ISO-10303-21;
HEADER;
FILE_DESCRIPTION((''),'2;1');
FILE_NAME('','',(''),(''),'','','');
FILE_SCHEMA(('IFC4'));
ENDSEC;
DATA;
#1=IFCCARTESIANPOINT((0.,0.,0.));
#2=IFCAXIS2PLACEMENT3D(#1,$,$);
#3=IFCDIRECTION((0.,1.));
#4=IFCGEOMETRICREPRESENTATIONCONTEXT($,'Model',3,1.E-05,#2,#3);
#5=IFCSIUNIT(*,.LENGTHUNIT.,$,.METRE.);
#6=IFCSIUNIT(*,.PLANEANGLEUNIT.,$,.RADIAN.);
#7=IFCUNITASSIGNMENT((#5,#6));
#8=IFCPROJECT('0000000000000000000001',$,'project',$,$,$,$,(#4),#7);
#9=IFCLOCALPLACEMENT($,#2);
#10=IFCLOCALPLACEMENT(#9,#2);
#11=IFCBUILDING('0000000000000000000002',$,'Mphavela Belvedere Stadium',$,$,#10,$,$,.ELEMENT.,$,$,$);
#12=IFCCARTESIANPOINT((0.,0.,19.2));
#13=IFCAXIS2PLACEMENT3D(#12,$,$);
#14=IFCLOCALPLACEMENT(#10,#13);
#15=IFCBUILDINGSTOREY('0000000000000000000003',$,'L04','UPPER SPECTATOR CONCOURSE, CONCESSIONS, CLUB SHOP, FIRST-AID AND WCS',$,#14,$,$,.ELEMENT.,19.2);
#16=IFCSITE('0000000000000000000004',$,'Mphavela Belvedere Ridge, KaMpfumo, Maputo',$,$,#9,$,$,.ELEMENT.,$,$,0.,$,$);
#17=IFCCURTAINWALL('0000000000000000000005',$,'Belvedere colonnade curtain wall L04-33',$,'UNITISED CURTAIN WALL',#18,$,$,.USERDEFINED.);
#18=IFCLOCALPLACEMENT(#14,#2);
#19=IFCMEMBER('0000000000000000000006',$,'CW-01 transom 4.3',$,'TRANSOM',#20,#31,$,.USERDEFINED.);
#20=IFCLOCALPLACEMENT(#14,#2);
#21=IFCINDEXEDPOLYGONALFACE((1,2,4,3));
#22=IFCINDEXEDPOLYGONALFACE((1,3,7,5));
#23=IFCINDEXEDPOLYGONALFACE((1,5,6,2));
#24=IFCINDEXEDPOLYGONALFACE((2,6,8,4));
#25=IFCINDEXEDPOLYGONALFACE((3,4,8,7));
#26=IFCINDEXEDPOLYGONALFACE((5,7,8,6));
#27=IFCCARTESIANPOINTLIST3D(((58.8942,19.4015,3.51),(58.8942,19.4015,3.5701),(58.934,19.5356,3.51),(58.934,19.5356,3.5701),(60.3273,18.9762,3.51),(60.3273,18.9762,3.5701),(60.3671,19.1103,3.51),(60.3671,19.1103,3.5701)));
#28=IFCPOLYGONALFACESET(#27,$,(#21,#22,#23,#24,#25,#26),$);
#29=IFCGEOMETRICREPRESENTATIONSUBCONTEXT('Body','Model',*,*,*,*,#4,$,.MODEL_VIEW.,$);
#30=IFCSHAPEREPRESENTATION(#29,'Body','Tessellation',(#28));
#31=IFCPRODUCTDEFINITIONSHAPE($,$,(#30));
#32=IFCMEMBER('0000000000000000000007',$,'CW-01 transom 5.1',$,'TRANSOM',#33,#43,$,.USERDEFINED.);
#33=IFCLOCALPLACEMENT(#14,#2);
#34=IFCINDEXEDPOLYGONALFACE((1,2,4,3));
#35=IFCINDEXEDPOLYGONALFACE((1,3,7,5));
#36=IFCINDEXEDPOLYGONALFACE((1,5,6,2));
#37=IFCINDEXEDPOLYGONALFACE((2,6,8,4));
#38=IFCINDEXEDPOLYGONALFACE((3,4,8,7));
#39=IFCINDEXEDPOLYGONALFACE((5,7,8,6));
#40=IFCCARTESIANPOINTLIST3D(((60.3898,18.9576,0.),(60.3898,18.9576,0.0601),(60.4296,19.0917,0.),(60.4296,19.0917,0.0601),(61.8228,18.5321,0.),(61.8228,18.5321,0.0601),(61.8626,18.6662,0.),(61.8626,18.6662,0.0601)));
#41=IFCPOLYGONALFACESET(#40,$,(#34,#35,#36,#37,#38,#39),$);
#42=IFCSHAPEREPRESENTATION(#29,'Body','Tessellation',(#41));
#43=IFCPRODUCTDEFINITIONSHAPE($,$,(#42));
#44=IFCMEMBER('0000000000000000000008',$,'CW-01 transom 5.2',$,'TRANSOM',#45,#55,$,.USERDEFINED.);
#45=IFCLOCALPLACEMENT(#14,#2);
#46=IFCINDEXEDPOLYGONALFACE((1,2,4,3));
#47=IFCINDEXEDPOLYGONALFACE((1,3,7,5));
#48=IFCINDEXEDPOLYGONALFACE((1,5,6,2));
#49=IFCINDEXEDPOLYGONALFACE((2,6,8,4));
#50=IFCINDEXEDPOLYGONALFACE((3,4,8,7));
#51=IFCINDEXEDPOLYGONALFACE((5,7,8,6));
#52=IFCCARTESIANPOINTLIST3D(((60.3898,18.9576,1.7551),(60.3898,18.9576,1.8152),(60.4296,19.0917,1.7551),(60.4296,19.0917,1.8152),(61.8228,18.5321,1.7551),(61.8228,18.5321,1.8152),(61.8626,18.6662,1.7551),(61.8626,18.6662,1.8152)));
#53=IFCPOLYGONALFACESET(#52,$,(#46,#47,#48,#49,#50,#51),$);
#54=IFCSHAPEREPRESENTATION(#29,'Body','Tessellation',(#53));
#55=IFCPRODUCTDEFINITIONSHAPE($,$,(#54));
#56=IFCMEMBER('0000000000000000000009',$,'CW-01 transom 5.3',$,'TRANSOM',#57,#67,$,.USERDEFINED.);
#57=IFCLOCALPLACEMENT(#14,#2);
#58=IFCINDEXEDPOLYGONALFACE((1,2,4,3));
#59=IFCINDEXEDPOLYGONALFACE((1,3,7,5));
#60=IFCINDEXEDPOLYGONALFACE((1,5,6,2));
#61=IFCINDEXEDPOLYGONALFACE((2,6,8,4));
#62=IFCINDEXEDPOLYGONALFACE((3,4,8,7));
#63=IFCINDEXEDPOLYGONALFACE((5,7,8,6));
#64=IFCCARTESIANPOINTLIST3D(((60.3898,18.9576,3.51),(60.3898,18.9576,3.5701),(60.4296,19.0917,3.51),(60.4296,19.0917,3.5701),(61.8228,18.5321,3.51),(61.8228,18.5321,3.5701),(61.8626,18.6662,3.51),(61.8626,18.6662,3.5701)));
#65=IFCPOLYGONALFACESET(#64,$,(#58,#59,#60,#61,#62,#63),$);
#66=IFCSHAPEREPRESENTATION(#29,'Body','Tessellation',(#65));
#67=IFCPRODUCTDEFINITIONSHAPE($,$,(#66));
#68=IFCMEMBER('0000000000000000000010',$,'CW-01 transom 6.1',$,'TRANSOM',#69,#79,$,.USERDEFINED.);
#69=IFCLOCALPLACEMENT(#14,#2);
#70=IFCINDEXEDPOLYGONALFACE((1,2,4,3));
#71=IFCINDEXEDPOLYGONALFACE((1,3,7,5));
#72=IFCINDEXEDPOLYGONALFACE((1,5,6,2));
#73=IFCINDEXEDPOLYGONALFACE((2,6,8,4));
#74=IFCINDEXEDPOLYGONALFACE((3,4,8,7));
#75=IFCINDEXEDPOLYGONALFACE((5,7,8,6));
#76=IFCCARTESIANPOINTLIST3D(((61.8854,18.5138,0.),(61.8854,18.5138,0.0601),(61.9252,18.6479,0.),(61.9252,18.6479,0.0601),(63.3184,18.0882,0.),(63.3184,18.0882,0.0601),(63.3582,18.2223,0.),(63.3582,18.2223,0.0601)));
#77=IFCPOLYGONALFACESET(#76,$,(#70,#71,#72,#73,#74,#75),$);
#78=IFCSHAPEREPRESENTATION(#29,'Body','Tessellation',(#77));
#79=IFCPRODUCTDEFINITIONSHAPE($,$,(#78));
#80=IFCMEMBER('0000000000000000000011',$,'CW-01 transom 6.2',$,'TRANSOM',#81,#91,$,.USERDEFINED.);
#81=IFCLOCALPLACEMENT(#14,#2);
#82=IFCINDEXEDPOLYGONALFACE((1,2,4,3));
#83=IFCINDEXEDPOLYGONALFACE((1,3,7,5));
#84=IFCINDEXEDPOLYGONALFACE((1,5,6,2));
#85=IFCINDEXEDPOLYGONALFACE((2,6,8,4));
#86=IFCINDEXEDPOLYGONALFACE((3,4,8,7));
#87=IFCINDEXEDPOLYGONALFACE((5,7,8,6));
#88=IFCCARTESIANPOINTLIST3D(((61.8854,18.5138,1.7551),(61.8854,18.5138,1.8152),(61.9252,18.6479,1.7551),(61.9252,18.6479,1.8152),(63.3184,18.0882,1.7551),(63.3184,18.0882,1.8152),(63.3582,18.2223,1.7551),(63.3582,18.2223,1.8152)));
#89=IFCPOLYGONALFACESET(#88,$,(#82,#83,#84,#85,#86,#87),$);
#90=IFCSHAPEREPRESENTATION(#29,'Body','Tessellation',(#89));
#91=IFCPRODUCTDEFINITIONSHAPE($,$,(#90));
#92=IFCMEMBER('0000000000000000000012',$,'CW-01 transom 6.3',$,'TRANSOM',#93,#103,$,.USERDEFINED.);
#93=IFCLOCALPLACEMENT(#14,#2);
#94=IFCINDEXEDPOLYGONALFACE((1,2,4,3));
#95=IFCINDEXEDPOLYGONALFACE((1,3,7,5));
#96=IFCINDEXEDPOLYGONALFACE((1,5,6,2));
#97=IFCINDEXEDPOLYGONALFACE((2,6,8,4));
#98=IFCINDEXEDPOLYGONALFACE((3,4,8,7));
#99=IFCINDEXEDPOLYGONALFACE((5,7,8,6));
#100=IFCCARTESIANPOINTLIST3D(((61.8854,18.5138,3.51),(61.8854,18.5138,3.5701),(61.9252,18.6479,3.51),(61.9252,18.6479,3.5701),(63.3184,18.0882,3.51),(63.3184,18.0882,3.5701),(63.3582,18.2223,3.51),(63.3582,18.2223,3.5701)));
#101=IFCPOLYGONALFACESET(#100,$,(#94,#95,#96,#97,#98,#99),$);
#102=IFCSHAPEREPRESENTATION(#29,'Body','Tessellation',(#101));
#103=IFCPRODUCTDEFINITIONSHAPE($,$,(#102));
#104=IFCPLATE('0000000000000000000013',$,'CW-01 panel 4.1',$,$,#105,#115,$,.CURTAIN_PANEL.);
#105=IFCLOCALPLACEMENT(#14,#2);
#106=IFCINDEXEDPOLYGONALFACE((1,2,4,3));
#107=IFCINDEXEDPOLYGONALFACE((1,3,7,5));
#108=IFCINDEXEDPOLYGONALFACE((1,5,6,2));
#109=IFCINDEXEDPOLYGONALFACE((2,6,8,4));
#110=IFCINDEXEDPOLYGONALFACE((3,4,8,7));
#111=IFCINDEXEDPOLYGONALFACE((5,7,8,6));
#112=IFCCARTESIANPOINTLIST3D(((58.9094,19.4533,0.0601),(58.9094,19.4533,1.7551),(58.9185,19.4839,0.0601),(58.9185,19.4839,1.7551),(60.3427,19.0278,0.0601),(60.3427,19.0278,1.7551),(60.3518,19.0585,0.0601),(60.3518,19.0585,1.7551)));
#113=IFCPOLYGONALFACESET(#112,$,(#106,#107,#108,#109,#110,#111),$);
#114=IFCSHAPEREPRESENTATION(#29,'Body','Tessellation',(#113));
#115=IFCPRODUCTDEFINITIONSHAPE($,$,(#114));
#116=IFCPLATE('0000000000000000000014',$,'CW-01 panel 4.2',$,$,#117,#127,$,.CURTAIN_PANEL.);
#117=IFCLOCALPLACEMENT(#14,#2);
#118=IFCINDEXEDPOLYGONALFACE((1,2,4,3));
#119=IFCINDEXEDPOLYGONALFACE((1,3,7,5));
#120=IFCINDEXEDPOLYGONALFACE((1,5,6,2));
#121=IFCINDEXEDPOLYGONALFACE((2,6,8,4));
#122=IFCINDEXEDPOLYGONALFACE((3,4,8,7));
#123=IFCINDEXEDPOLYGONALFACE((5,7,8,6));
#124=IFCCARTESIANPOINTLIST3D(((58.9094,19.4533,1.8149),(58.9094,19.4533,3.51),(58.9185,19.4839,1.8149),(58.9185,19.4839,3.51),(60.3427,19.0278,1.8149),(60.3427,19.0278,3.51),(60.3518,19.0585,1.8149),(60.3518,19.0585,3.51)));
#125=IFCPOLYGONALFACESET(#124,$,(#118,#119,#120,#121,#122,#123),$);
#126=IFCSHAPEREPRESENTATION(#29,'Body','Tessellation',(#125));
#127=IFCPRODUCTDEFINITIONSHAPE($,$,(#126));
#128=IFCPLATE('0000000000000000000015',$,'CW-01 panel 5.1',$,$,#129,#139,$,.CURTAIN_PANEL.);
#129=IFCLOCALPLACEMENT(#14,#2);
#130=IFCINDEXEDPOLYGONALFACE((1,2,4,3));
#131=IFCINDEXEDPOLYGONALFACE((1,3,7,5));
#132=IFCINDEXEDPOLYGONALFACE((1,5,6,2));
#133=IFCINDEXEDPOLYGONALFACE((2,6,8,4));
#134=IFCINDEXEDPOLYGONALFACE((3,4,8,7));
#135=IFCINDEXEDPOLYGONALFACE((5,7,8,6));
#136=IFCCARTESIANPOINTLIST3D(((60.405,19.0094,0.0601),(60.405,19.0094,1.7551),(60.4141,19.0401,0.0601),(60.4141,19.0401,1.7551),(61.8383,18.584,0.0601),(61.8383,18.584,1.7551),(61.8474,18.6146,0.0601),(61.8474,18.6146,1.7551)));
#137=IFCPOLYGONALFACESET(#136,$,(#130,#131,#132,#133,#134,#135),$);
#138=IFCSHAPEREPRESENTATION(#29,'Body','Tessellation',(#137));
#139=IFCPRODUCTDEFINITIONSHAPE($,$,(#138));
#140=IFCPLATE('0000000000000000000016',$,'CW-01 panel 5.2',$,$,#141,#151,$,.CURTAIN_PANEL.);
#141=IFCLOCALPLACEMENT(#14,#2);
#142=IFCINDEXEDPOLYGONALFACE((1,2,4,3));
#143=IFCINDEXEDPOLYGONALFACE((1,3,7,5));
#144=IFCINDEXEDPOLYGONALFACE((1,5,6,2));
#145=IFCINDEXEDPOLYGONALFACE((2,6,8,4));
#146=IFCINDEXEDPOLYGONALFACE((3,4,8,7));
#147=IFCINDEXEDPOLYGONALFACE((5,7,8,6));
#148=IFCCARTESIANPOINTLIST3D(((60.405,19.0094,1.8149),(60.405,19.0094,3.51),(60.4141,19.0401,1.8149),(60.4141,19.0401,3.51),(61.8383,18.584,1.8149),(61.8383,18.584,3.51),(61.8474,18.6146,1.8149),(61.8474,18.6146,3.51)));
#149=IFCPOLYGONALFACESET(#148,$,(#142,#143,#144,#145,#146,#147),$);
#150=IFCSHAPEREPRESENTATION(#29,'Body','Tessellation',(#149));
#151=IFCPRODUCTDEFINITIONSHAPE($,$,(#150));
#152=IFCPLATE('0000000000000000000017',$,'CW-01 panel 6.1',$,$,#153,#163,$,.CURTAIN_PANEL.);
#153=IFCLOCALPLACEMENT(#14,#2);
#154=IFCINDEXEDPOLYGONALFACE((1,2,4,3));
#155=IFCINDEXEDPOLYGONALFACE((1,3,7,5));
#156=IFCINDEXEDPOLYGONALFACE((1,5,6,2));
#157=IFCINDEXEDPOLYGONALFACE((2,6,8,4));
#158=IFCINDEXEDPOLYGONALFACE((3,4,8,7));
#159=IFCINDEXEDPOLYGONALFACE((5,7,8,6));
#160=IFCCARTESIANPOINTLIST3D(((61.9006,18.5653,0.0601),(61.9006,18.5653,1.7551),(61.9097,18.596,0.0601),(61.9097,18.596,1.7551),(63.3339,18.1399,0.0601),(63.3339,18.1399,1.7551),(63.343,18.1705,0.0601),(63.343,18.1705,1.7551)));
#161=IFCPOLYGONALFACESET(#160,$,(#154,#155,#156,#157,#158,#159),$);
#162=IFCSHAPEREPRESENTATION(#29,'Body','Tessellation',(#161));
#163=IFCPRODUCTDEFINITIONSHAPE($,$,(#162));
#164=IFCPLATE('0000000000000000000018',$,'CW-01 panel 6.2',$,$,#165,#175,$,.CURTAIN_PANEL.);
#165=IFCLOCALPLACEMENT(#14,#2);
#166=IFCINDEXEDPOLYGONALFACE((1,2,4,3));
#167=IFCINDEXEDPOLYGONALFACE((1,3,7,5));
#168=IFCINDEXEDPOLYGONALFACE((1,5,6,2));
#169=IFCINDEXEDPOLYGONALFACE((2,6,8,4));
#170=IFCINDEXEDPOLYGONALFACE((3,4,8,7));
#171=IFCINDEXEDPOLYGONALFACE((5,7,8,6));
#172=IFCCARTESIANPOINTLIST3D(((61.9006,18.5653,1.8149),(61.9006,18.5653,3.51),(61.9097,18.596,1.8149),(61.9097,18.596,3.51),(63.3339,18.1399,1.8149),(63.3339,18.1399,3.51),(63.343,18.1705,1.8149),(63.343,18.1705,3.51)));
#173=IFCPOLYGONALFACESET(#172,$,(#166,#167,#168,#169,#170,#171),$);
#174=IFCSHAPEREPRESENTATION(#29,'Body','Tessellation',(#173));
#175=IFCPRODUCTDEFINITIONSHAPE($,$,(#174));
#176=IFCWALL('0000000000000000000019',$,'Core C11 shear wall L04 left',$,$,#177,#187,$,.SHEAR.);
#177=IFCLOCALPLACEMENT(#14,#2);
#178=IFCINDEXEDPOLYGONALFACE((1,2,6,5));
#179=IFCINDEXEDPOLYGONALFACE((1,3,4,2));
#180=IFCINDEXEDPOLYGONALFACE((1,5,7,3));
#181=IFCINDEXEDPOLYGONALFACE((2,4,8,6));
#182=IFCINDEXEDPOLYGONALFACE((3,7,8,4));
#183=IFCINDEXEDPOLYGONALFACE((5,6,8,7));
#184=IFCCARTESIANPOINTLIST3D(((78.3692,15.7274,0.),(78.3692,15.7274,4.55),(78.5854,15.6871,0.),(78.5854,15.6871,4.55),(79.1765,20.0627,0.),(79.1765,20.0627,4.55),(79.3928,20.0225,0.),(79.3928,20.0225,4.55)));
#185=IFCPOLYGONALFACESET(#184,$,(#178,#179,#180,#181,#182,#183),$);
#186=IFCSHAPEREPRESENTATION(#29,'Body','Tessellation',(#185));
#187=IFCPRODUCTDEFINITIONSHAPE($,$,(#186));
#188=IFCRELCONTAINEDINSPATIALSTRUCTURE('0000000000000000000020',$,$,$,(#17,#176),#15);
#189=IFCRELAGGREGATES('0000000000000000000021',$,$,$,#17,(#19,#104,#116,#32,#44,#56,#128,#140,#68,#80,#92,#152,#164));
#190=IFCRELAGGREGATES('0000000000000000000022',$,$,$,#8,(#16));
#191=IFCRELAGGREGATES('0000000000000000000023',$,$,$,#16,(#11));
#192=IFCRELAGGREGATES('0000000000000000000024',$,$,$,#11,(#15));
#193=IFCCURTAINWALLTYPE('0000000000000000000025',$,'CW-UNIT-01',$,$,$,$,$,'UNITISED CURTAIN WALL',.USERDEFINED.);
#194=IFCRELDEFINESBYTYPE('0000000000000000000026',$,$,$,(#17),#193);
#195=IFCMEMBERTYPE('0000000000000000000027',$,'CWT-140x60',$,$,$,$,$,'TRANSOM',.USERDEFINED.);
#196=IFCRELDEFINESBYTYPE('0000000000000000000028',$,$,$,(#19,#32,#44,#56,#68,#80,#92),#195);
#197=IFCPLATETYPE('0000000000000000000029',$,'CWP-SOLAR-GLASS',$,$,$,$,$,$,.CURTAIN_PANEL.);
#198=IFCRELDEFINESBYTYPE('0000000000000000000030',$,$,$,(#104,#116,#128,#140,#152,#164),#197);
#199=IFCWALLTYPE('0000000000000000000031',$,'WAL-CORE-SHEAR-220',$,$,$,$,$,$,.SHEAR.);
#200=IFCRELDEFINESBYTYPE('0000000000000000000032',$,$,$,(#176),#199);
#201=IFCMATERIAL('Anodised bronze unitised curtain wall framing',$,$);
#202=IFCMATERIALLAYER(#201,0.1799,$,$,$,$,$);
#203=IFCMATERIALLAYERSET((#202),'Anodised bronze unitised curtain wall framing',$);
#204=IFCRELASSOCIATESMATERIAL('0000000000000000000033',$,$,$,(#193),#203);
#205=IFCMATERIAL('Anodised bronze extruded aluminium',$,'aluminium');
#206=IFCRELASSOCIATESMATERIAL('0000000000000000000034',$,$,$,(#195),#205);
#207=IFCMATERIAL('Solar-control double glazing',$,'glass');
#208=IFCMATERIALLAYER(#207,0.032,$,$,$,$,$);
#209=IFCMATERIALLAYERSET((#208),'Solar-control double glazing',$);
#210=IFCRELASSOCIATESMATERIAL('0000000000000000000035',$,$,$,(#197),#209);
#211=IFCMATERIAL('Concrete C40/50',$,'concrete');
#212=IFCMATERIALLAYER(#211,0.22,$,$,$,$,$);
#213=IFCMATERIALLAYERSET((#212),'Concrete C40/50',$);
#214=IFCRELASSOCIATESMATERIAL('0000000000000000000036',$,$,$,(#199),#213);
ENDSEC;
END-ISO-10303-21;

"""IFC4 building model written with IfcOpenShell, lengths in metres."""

from ifc_helpers import new_model, si_unit, direction, frame, frame_2d, origin, origin_2d, place, context, subcontext, project, spatial, rectangle, extrude, material, layer, layer_set, material_profile, profile_set, type_object, element, aggregate, save


model = new_model("IFC4")

# Units and contexts
model_context = context("Model", 3, precision=1e-05, world=origin(), true_north=direction((0.0, 1.0)))
body_context = subcontext(model_context, "Body", "Model", "MODEL_VIEW")
ifc_project = project(units=[si_unit("LENGTHUNIT", "METRE"), si_unit("PLANEANGLEUNIT", "RADIAN")], contexts=[model_context])

# Site, building, storey
site_placement = place(None, origin())
site = spatial("IfcSite", under=ifc_project, at=site_placement, Name="Mphavela Belvedere Ridge, KaMpfumo, Maputo", CompositionType="ELEMENT", RefElevation=0.0)
building_placement = place(site_placement, origin())
building = spatial("IfcBuilding", under=site, at=building_placement, Name="Mphavela Belvedere Stadium", CompositionType="ELEMENT")
storey_placement = place(building_placement, frame((0.0, 0.0, 19.2)))
storey = spatial("IfcBuildingStorey", under=building, at=storey_placement, Name="L04", Description="UPPER SPECTATOR CONCOURSE, CONCESSIONS, CLUB SHOP, FIRST-AID AND WCS", CompositionType="ELEMENT", Elevation=19.2)

# Curtain wall, members, plates
ifc_material_1 = material(Name="Anodised bronze unitised curtain wall framing")
ifc_layer_1 = layer(ifc_material_1, 0.1799)
ifc_layer_set_1 = layer_set([ifc_layer_1], Name="Anodised bronze unitised curtain wall framing")
curtain_wall_type = type_object("IfcCurtainWallType", Name="CW-UNIT-01", ElementType="UNITISED CURTAIN WALL", PredefinedType="USERDEFINED", material=ifc_layer_set_1)
curtain_wall_placement = place(storey_placement, origin())
curtain_wall = element("IfcCurtainWall", 1, at=curtain_wall_placement, inside=storey, type_object=curtain_wall_type, Name="Belvedere colonnade curtain wall L04-33", ObjectType="UNITISED CURTAIN WALL", PredefinedType="USERDEFINED")
ifc_material_2 = material(Name="Anodised bronze extruded aluminium", Category="aluminium")
ifc_material_profile_1 = material_profile(ifc_material_2, rectangle(XDim=0.1399, YDim=0.0601, at=origin_2d()), Name="CW-TRN 140x60")
ifc_profile_set_1 = profile_set([ifc_material_profile_1], Name="Anodised bronze extruded aluminium")
member_type_1 = type_object("IfcMemberType", Name="CWT-140x60", ElementType="TRANSOM", PredefinedType="USERDEFINED", material=ifc_profile_set_1)
member_1_placement = place(storey_placement, frame((58.9141, 19.4685, 3.54), z_axis=(0.958676, -0.2845, 0.0), x_axis=(0.2845, 0.958676, 0.0)))
member_1 = element("IfcMember", 2, at=member_1_placement, type_object=member_type_1, Name="CW-01 transom 4.3", ObjectType="TRANSOM", PredefinedType="USERDEFINED", context=body_context, shape_type="SweptSolid", body=[
    extrude(rectangle(XDim=0.1399, YDim=0.0601, at=origin_2d()), origin(), (0.0, 0.0, 1.0), 1.4949),
])
member_2_placement = place(storey_placement, frame((60.4097, 19.0247, 0.03), z_axis=(0.958632, -0.28465, 0.0), x_axis=(0.28465, 0.958632, 0.0)))
member_2 = element("IfcMember", 3, at=member_2_placement, type_object=member_type_1, Name="CW-01 transom 5.1", ObjectType="TRANSOM", PredefinedType="USERDEFINED", context=body_context, shape_type="SweptSolid", body=[
    extrude(rectangle(XDim=0.1399, YDim=0.0601, at=origin_2d()), origin(), (0.0, 0.0, 1.0), 1.4949),
])
member_3_placement = place(storey_placement, frame((60.4097, 19.0247, 1.7852), z_axis=(0.958632, -0.28465, 0.0), x_axis=(0.28465, 0.958632, 0.0)))
member_3 = element("IfcMember", 4, at=member_3_placement, type_object=member_type_1, Name="CW-01 transom 5.2", ObjectType="TRANSOM", PredefinedType="USERDEFINED", context=body_context, shape_type="SweptSolid", body=[
    extrude(rectangle(XDim=0.1399, YDim=0.0601, at=origin_2d()), origin(), (0.0, 0.0, 1.0), 1.4949),
])
member_4_placement = place(storey_placement, frame((60.4097, 19.0247, 3.54), z_axis=(0.958632, -0.28465, 0.0), x_axis=(0.28465, 0.958632, 0.0)))
member_4 = element("IfcMember", 5, at=member_4_placement, type_object=member_type_1, Name="CW-01 transom 5.3", ObjectType="TRANSOM", PredefinedType="USERDEFINED", context=body_context, shape_type="SweptSolid", body=[
    extrude(rectangle(XDim=0.1399, YDim=0.0601, at=origin_2d()), origin(), (0.0, 0.0, 1.0), 1.4949),
])
member_5_placement = place(storey_placement, frame((61.9053, 18.5808, 0.03), z_axis=(0.958632, -0.28465, 0.0), x_axis=(0.28465, 0.958632, 0.0)))
member_5 = element("IfcMember", 6, at=member_5_placement, type_object=member_type_1, Name="CW-01 transom 6.1", ObjectType="TRANSOM", PredefinedType="USERDEFINED", context=body_context, shape_type="SweptSolid", body=[
    extrude(rectangle(XDim=0.1399, YDim=0.0601, at=origin_2d()), origin(), (0.0, 0.0, 1.0), 1.4949),
])
member_6_placement = place(storey_placement, frame((61.9053, 18.5808, 1.7852), z_axis=(0.958632, -0.28465, 0.0), x_axis=(0.28465, 0.958632, 0.0)))
member_6 = element("IfcMember", 7, at=member_6_placement, type_object=member_type_1, Name="CW-01 transom 6.2", ObjectType="TRANSOM", PredefinedType="USERDEFINED", context=body_context, shape_type="SweptSolid", body=[
    extrude(rectangle(XDim=0.1399, YDim=0.0601, at=origin_2d()), origin(), (0.0, 0.0, 1.0), 1.4949),
])
member_7_placement = place(storey_placement, frame((61.9053, 18.5808, 3.54), z_axis=(0.958632, -0.28465, 0.0), x_axis=(0.28465, 0.958632, 0.0)))
member_7 = element("IfcMember", 8, at=member_7_placement, type_object=member_type_1, Name="CW-01 transom 6.3", ObjectType="TRANSOM", PredefinedType="USERDEFINED", context=body_context, shape_type="SweptSolid", body=[
    extrude(rectangle(XDim=0.1399, YDim=0.0601, at=origin_2d()), origin(), (0.0, 0.0, 1.0), 1.4949),
])
ifc_material_3 = material(Name="Solar-control double glazing", Category="glass")
ifc_layer_2 = layer(ifc_material_3, 0.032)
ifc_layer_set_2 = layer_set([ifc_layer_2], Name="Solar-control double glazing")
plate_type = type_object("IfcPlateType", Name="CWP-SOLAR-GLASS", PredefinedType="CURTAIN_PANEL", material=ifc_layer_set_2)
plate_1_placement = place(storey_placement, frame((59.6306, 19.2559, 0.0601), z_axis=(0.0, 0.0, 1.0), x_axis=(0.958658, -0.284561, 0.0)))
plate_1 = element("IfcPlate", 9, at=plate_1_placement, type_object=plate_type, Name="CW-01 panel 4.1", PredefinedType="CURTAIN_PANEL", context=body_context, shape_type="SweptSolid", body=[
    extrude(rectangle(XDim=1.4951, YDim=0.032, at=origin_2d()), origin(), (0.0, 0.0, 1.0), 1.6951),
])
plate_2_placement = place(storey_placement, frame((59.6306, 19.2559, 1.8149), z_axis=(0.0, 0.0, 1.0), x_axis=(0.958658, -0.284561, 0.0)))
plate_2 = element("IfcPlate", 10, at=plate_2_placement, type_object=plate_type, Name="CW-01 panel 4.2", PredefinedType="CURTAIN_PANEL", context=body_context, shape_type="SweptSolid", body=[
    extrude(rectangle(XDim=1.4951, YDim=0.032, at=origin_2d()), origin(), (0.0, 0.0, 1.0), 1.6951),
])
plate_3_placement = place(storey_placement, frame((61.1262, 18.812, 0.0601), z_axis=(0.0, 0.0, 1.0), x_axis=(0.958658, -0.284561, 0.0)))
plate_3 = element("IfcPlate", 11, at=plate_3_placement, type_object=plate_type, Name="CW-01 panel 5.1", PredefinedType="CURTAIN_PANEL", context=body_context, shape_type="SweptSolid", body=[
    extrude(rectangle(XDim=1.4951, YDim=0.032, at=origin_2d()), origin(), (0.0, 0.0, 1.0), 1.6951),
])
plate_4_placement = place(storey_placement, frame((61.1262, 18.812, 1.8149), z_axis=(0.0, 0.0, 1.0), x_axis=(0.958658, -0.284561, 0.0)))
plate_4 = element("IfcPlate", 12, at=plate_4_placement, type_object=plate_type, Name="CW-01 panel 5.2", PredefinedType="CURTAIN_PANEL", context=body_context, shape_type="SweptSolid", body=[
    extrude(rectangle(XDim=1.4951, YDim=0.032, at=origin_2d()), origin(), (0.0, 0.0, 1.0), 1.6951),
])
plate_5_placement = place(storey_placement, frame((62.6218, 18.3679, 0.0601), z_axis=(0.0, 0.0, 1.0), x_axis=(0.958658, -0.284561, 0.0)))
plate_5 = element("IfcPlate", 13, at=plate_5_placement, type_object=plate_type, Name="CW-01 panel 6.1", PredefinedType="CURTAIN_PANEL", context=body_context, shape_type="SweptSolid", body=[
    extrude(rectangle(XDim=1.4951, YDim=0.032, at=origin_2d()), origin(), (0.0, 0.0, 1.0), 1.6951),
])
plate_6_placement = place(storey_placement, frame((62.6218, 18.3679, 1.8149), z_axis=(0.0, 0.0, 1.0), x_axis=(0.958658, -0.284561, 0.0)))
plate_6 = element("IfcPlate", 14, at=plate_6_placement, type_object=plate_type, Name="CW-01 panel 6.2", PredefinedType="CURTAIN_PANEL", context=body_context, shape_type="SweptSolid", body=[
    extrude(rectangle(XDim=1.4951, YDim=0.032, at=origin_2d()), origin(), (0.0, 0.0, 1.0), 1.6951),
])
aggregate(curtain_wall, [member_1, plate_1, plate_2, member_2, member_3, member_4, plate_3, plate_4, member_5, member_6, member_7, plate_5, plate_6])

# Wall
ifc_material_4 = material(Name="Concrete C40/50", Category="concrete")
ifc_layer_3 = layer(ifc_material_4, 0.22)
ifc_layer_set_3 = layer_set([ifc_layer_3], Name="Concrete C40/50")
wall_type_1 = type_object("IfcWallType", Name="WAL-CORE-SHEAR-220", PredefinedType="SHEAR", material=ifc_layer_set_3)
for number, where, z_axis, x_axis, name in (
    (15, (79.2847, 20.0427, 0.0), (0.0, 0.0, 1.0), (-0.183078, -0.983098, 0.0), "Core C11 shear wall L04 left"),
):
    element("IfcWall", number, at=place(storey_placement, frame(where, z_axis=z_axis, x_axis=x_axis)), inside=storey, type_object=wall_type_1, Name=name, PredefinedType="SHEAR", context=body_context, shape_type="SweptSolid", body=[
        extrude(rectangle(XDim=4.4099, YDim=0.22, at=frame_2d((2.2051, 0.0))), origin(), (0.0, 0.0, 1.0), 4.55),
    ])

save(model, "model.ifc")
